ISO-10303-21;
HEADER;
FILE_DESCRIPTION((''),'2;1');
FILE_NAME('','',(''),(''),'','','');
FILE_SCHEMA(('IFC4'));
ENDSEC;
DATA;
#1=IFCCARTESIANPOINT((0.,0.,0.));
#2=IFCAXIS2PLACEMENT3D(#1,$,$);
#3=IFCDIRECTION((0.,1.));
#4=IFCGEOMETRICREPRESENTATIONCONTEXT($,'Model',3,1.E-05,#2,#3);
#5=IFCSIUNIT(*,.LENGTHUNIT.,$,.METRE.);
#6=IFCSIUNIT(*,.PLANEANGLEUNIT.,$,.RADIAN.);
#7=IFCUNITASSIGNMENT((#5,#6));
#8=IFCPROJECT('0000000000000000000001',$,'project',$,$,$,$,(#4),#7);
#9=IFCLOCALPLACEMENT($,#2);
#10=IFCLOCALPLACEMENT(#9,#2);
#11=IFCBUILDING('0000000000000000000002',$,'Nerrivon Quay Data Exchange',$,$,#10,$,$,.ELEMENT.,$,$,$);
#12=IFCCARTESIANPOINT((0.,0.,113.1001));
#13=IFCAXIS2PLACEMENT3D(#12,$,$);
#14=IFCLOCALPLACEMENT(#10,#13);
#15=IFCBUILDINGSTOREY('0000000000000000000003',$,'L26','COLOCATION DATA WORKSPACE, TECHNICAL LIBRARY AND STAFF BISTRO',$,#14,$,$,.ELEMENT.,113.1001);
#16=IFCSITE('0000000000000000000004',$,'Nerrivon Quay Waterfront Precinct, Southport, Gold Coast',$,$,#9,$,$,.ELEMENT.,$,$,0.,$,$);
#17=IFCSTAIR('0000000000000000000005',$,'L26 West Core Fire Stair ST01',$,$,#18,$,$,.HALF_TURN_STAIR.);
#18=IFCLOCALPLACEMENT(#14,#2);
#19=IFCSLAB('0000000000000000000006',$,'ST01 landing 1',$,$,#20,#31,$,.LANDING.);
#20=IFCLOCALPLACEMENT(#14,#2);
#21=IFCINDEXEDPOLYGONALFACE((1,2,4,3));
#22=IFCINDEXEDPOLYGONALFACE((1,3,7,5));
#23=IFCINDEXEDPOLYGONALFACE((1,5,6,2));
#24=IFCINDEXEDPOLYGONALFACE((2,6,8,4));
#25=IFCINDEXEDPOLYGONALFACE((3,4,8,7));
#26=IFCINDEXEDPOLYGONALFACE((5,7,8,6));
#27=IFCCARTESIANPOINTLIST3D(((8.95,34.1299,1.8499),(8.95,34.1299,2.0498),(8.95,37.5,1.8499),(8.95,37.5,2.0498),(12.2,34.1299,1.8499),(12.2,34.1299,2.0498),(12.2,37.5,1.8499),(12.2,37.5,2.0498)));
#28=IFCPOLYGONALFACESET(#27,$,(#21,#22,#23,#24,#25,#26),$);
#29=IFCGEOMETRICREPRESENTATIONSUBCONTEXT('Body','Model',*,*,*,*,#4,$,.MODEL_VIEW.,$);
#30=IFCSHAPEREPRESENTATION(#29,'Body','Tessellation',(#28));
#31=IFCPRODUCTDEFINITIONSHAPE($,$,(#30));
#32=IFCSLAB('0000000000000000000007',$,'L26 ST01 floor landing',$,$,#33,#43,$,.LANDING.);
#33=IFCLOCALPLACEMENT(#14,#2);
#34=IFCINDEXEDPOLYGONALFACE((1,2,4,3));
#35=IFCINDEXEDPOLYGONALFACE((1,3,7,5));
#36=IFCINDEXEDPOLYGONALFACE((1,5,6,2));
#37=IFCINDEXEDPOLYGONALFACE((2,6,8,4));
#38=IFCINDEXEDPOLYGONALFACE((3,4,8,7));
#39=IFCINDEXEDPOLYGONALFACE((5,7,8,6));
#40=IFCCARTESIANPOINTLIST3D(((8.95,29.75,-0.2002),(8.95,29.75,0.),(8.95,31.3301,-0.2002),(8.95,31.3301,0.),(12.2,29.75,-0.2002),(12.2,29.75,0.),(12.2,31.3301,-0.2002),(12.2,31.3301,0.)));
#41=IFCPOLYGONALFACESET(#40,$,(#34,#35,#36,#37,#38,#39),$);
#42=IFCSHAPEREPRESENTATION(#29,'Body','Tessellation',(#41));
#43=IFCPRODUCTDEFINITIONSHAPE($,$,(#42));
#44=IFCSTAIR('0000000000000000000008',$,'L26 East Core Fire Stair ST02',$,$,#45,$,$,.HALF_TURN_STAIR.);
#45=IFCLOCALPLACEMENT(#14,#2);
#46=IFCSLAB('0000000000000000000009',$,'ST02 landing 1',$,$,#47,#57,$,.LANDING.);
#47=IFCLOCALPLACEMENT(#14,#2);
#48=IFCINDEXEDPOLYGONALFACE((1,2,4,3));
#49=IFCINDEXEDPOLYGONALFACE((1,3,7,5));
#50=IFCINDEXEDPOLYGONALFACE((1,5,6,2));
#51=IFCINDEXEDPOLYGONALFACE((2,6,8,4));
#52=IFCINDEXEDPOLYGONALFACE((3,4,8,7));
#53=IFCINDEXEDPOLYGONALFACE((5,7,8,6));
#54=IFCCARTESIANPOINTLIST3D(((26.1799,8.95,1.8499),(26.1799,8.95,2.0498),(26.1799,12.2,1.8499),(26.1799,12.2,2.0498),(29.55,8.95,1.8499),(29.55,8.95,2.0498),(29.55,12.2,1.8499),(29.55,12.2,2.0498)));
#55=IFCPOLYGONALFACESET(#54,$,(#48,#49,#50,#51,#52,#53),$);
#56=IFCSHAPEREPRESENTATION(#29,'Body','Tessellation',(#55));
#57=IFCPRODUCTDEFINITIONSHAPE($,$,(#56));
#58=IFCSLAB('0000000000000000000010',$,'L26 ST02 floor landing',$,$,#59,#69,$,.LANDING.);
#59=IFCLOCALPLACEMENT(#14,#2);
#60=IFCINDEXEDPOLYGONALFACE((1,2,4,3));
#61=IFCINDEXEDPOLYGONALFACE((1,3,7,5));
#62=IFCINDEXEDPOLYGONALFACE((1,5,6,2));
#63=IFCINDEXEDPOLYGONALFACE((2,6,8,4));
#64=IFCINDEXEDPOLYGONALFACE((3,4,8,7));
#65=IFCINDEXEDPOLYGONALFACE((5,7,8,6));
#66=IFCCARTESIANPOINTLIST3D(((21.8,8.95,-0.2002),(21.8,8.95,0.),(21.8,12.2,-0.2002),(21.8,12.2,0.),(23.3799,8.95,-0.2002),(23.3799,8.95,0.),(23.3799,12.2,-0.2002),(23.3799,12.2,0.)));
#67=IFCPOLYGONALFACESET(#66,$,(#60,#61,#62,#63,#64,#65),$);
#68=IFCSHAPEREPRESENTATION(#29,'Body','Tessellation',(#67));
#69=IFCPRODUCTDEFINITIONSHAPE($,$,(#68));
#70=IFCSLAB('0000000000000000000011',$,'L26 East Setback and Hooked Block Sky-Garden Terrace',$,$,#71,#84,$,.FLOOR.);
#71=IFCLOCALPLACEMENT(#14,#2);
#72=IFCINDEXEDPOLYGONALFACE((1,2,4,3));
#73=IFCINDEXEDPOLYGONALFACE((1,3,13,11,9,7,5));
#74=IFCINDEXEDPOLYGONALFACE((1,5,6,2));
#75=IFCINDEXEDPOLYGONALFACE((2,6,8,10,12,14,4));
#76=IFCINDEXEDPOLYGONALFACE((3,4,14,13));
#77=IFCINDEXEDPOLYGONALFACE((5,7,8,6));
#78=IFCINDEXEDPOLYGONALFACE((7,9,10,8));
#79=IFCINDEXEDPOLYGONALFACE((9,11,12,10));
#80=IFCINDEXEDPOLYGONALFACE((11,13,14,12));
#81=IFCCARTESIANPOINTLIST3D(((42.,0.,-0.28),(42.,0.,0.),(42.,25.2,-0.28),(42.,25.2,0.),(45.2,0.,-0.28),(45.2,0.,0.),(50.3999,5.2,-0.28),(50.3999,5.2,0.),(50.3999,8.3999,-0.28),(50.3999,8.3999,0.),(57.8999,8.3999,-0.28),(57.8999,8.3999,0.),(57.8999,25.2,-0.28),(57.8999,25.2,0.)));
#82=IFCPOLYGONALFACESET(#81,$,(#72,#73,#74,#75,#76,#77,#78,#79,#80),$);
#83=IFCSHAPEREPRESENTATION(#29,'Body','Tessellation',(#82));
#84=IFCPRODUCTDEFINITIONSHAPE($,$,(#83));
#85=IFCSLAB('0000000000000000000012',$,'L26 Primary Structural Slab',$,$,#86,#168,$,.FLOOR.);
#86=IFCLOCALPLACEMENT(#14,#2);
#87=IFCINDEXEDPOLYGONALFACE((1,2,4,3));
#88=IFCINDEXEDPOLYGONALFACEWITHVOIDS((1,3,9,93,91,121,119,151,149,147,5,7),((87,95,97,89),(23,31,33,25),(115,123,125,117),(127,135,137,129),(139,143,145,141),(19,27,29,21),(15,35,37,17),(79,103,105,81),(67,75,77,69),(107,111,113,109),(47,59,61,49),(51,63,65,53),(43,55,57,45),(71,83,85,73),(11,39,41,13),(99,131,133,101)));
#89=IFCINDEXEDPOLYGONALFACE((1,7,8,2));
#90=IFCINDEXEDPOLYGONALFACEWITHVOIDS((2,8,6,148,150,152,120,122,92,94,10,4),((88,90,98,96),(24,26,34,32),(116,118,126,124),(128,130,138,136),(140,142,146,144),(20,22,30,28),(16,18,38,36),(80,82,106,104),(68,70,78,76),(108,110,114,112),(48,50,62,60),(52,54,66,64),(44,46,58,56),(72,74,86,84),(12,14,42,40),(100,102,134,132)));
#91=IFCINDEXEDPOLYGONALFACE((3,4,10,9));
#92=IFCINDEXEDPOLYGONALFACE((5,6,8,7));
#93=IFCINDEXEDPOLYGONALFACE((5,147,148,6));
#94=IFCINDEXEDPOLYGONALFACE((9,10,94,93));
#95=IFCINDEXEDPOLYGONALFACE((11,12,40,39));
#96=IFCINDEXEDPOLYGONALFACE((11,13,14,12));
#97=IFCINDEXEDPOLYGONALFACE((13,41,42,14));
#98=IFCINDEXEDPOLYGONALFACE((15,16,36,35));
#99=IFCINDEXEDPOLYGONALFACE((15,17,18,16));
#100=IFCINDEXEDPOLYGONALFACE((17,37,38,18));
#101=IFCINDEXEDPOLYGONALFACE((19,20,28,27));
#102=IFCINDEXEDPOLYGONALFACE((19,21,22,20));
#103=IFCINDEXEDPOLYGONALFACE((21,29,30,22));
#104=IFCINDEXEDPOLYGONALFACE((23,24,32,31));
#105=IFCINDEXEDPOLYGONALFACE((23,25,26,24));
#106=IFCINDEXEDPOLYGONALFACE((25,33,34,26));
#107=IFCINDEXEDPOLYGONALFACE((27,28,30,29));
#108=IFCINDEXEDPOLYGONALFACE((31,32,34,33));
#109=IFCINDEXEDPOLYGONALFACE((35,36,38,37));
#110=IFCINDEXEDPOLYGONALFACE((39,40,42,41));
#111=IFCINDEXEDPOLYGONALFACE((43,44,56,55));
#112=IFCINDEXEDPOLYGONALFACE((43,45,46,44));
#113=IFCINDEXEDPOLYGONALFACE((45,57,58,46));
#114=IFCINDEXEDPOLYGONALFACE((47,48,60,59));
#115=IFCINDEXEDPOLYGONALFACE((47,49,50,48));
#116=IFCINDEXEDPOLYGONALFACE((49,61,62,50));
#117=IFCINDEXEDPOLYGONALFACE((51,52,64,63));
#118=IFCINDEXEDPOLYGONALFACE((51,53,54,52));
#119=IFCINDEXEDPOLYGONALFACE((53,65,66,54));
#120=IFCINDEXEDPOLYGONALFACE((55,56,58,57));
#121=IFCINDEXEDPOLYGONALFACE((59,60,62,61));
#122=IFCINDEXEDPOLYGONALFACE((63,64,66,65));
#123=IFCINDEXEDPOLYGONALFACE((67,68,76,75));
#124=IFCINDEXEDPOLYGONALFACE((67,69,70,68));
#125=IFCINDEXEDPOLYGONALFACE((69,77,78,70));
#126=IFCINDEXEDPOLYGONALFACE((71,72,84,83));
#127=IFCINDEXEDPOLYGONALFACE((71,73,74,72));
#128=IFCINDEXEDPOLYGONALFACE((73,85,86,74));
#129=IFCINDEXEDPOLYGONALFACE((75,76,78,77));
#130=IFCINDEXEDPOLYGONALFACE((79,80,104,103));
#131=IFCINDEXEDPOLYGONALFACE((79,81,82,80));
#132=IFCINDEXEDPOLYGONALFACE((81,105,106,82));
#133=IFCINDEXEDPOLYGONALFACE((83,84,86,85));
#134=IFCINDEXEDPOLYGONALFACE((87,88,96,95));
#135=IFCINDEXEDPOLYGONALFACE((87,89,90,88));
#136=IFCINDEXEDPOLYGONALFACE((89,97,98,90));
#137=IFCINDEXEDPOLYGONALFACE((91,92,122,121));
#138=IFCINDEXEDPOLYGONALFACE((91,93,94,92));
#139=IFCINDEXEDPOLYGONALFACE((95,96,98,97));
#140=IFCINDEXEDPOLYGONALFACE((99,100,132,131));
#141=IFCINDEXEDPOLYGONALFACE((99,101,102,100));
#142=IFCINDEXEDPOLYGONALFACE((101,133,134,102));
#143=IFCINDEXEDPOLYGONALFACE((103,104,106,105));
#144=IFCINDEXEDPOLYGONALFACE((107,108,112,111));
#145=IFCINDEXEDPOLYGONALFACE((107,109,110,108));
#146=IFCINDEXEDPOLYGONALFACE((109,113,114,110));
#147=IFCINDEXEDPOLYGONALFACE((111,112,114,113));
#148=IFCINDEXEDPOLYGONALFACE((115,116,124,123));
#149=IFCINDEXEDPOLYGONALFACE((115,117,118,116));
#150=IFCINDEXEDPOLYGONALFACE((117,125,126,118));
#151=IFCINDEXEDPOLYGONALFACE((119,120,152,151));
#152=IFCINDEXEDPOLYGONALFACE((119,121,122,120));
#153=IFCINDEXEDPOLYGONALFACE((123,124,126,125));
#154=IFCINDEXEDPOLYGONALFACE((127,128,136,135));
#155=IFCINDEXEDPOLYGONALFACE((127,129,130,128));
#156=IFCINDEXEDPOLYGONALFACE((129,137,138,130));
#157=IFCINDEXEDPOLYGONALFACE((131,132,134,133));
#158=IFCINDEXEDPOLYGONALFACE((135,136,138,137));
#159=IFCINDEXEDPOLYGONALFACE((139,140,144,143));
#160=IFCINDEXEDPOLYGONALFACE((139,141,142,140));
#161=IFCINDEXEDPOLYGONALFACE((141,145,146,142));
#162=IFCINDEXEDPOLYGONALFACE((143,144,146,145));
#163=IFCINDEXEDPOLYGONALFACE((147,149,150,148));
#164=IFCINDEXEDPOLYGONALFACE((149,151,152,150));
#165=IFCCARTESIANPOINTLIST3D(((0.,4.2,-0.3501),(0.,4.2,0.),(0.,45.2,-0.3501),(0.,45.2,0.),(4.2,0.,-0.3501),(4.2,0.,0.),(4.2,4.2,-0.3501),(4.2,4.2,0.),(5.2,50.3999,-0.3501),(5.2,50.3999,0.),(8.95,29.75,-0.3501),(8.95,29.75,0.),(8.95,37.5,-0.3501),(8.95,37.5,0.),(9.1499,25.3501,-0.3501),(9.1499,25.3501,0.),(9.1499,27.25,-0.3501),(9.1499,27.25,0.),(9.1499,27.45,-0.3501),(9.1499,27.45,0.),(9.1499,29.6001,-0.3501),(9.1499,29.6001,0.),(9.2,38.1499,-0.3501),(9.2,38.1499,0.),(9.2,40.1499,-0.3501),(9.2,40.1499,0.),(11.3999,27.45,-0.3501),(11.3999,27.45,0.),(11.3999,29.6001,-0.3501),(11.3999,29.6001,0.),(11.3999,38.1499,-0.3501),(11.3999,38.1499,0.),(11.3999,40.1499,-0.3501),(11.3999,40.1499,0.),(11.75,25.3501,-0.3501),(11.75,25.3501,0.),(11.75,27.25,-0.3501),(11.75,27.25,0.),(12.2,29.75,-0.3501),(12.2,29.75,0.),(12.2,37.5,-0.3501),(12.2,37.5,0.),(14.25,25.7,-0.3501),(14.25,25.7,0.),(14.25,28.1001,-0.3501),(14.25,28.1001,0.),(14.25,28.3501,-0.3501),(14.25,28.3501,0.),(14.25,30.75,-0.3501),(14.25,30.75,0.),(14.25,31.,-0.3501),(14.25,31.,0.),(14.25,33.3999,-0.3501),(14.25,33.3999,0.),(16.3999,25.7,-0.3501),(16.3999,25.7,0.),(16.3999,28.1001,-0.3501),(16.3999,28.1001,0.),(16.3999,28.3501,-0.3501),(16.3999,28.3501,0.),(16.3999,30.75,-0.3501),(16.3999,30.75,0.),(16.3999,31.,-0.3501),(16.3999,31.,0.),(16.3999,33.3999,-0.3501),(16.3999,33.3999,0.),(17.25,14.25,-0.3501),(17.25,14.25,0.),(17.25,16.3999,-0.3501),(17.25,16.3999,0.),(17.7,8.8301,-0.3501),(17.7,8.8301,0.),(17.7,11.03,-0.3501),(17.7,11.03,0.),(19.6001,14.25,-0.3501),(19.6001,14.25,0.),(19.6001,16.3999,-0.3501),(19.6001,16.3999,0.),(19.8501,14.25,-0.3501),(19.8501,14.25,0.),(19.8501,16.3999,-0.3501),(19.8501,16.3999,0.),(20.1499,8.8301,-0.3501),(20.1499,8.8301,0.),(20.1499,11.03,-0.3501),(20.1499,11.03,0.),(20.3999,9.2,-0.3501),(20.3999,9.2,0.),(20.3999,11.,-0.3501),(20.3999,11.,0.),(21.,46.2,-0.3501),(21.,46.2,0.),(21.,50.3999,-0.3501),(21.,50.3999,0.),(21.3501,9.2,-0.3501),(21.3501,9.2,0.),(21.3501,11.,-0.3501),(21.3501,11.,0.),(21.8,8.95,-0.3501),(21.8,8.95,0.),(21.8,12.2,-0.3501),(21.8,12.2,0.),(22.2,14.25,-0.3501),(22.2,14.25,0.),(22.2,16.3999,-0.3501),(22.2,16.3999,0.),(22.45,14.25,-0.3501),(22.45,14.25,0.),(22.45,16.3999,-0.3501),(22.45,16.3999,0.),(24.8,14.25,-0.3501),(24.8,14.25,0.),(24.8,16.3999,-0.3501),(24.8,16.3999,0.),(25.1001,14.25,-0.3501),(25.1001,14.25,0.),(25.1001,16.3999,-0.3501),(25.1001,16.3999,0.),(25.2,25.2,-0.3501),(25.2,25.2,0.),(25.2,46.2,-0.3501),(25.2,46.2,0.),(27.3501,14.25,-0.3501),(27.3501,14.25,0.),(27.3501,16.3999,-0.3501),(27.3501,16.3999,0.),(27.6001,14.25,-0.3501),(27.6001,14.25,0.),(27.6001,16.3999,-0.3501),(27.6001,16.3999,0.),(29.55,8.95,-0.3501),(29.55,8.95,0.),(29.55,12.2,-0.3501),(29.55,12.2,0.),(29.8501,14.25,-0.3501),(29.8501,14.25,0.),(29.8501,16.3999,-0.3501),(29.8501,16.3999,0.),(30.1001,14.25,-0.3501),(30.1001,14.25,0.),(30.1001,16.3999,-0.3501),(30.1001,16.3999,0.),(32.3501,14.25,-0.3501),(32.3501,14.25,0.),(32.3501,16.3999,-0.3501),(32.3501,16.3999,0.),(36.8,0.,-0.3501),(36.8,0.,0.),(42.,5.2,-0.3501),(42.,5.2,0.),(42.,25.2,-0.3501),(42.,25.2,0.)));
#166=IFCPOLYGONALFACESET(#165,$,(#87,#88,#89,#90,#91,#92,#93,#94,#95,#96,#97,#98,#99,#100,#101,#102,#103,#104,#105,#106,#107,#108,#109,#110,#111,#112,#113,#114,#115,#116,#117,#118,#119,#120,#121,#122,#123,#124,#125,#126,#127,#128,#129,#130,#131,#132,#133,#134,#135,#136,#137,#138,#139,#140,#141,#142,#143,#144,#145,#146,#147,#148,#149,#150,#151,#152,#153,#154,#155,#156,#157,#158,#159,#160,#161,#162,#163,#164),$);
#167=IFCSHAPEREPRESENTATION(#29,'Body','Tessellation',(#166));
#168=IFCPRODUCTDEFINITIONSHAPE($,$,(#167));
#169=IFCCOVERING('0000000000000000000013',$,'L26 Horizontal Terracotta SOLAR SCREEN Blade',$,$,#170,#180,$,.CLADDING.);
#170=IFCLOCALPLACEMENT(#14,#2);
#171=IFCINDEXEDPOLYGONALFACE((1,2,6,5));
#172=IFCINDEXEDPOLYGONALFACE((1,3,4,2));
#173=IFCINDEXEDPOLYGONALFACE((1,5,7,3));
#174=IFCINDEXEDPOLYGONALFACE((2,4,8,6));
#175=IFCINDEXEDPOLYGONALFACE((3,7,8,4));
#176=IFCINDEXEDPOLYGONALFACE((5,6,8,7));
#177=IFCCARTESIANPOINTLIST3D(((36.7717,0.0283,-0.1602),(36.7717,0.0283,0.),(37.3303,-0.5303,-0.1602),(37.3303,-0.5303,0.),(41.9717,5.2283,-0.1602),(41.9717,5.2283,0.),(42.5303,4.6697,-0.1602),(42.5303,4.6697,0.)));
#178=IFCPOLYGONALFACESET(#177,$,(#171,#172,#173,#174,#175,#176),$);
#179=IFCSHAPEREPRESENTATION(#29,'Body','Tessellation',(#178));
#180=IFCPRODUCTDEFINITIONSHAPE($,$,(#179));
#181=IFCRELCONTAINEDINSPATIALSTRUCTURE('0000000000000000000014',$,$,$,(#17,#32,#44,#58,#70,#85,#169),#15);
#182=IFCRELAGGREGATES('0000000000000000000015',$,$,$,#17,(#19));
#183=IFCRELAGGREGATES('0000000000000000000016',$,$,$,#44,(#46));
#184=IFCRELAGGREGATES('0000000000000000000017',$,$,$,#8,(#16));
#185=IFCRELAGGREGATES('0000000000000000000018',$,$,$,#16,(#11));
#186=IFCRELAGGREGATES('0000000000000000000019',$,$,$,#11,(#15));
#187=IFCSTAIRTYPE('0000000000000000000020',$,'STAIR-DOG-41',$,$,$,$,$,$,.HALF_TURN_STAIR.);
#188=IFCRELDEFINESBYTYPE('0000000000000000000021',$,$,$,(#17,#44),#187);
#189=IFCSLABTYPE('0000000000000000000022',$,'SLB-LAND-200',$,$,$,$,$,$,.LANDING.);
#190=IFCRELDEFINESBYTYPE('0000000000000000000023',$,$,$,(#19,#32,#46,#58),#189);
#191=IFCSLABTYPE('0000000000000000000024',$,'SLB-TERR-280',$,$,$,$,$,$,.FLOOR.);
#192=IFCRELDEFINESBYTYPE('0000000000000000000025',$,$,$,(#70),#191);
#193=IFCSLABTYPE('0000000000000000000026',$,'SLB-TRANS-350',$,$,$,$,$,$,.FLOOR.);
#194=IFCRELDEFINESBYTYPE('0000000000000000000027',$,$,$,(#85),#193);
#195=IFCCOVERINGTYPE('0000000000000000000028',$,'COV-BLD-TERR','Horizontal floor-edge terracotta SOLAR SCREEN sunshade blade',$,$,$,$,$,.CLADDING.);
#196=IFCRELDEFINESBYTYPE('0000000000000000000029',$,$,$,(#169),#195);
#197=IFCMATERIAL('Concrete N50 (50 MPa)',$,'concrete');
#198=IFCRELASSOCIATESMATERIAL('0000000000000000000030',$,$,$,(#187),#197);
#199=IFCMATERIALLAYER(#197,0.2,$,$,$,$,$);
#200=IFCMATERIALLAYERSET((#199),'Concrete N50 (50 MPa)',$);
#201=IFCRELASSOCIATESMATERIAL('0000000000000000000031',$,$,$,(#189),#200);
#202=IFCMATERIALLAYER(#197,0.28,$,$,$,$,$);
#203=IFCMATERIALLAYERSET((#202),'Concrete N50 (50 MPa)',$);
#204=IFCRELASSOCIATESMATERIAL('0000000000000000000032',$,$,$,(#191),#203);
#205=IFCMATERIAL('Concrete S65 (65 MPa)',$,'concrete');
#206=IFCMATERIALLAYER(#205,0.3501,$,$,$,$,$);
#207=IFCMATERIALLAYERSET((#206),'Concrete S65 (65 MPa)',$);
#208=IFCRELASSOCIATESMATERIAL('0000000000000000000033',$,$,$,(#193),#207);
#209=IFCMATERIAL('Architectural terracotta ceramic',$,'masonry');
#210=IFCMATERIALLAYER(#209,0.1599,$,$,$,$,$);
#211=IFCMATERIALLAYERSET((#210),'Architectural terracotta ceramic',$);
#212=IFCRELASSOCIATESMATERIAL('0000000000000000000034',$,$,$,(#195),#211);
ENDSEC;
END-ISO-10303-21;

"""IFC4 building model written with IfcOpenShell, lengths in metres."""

from ifc_helpers import new_model, si_unit, direction, frame, origin, place, context, subcontext, project, spatial, polyline, outline, extrude, material, layer, layer_set, type_object, element, aggregate, save


model = new_model("IFC4")

# Units and contexts
model_context = context("Model", 3, precision=1e-05, world=origin(), true_north=direction((0.0, 1.0)))
body_context = subcontext(model_context, "Body", "Model", "MODEL_VIEW")
ifc_project = project(units=[si_unit("LENGTHUNIT", "METRE"), si_unit("PLANEANGLEUNIT", "RADIAN")], contexts=[model_context])

# Site, building, storey
site_placement = place(None, origin())
site = spatial("IfcSite", under=ifc_project, at=site_placement, Name="Nerrivon Quay Waterfront Precinct, Southport, Gold Coast", CompositionType="ELEMENT", RefElevation=0.0)
building_placement = place(site_placement, origin())
building = spatial("IfcBuilding", under=site, at=building_placement, Name="Nerrivon Quay Data Exchange", CompositionType="ELEMENT")
storey_placement = place(building_placement, frame((0.0, 0.0, 113.1001)))
storey = spatial("IfcBuildingStorey", under=building, at=storey_placement, Name="L26", Description="COLOCATION DATA WORKSPACE, TECHNICAL LIBRARY AND STAFF BISTRO", CompositionType="ELEMENT", Elevation=113.1001)

# Stair, slab
ifc_material_1 = material(Name="Concrete N50 (50 MPa)", Category="concrete")
stair_type = type_object("IfcStairType", Name="STAIR-DOG-41", PredefinedType="HALF_TURN_STAIR", material=ifc_material_1)
stair_1_placement = place(storey_placement, origin())
stair_1 = element("IfcStair", 1, at=stair_1_placement, inside=storey, type_object=stair_type, Name="L26 West Core Fire Stair ST01", PredefinedType="HALF_TURN_STAIR")
ifc_layer_1 = layer(ifc_material_1, 0.2)
ifc_layer_set_1 = layer_set([ifc_layer_1], Name="Concrete N50 (50 MPa)")
slab_type_1 = type_object("IfcSlabType", Name="SLB-LAND-200", PredefinedType="LANDING", material=ifc_layer_set_1)
slab_1_placement = place(storey_placement, frame((0.0, 0.0, 1.8499)))
slab_1 = element("IfcSlab", 2, at=slab_1_placement, type_object=slab_type_1, Name="ST01 landing 1", PredefinedType="LANDING", context=body_context, shape_type="SweptSolid", body=[
    extrude(outline(polyline([(12.2, 34.1299), (12.2, 37.5), (8.95, 37.5), (8.95, 34.1299), (12.2, 34.1299)])), origin(), (0.0, 0.0, 1.0), 0.2),
])
aggregate(stair_1, [slab_1])

# Slab
slab_2_placement = place(storey_placement, frame((0.0, 0.0, -0.2002)))
element("IfcSlab", 3, at=slab_2_placement, inside=storey, type_object=slab_type_1, Name="L26 ST01 floor landing", PredefinedType="LANDING", context=body_context, shape_type="SweptSolid", body=[
    extrude(outline(polyline([(12.2, 29.75), (12.2, 31.3301), (8.95, 31.3301), (8.95, 29.75), (12.2, 29.75)])), origin(), (0.0, 0.0, 1.0), 0.2002),
])

# Stair, slab
stair_2_placement = place(storey_placement, origin())
stair_2 = element("IfcStair", 4, at=stair_2_placement, inside=storey, type_object=stair_type, Name="L26 East Core Fire Stair ST02", PredefinedType="HALF_TURN_STAIR")
slab_3_placement = place(storey_placement, frame((0.0, 0.0, 1.8499)))
slab_3 = element("IfcSlab", 5, at=slab_3_placement, type_object=slab_type_1, Name="ST02 landing 1", PredefinedType="LANDING", context=body_context, shape_type="SweptSolid", body=[
    extrude(outline(polyline([(26.1799, 8.95), (29.55, 8.95), (29.55, 12.2), (26.1799, 12.2), (26.1799, 8.95)])), origin(), (0.0, 0.0, 1.0), 0.2),
])
aggregate(stair_2, [slab_3])

# Slabs
slab_4_placement = place(storey_placement, frame((0.0, 0.0, -0.2002)))
element("IfcSlab", 6, at=slab_4_placement, inside=storey, type_object=slab_type_1, Name="L26 ST02 floor landing", PredefinedType="LANDING", context=body_context, shape_type="SweptSolid", body=[
    extrude(outline(polyline([(21.8, 8.95), (23.3799, 8.95), (23.3799, 12.2), (21.8, 12.2), (21.8, 8.95)])), origin(), (0.0, 0.0, 1.0), 0.2002),
])
ifc_layer_2 = layer(ifc_material_1, 0.28)
ifc_layer_set_2 = layer_set([ifc_layer_2], Name="Concrete N50 (50 MPa)")
slab_type_2 = type_object("IfcSlabType", Name="SLB-TERR-280", PredefinedType="FLOOR", material=ifc_layer_set_2)
slab_5_placement = place(storey_placement, frame((0.0, 0.0, -0.28)))
element("IfcSlab", 7, at=slab_5_placement, inside=storey, type_object=slab_type_2, Name="L26 East Setback and Hooked Block Sky-Garden Terrace", PredefinedType="FLOOR", context=body_context, shape_type="SweptSolid", body=[
    extrude(outline(polyline([(57.8999, 25.2), (42.0, 25.2), (42.0, 0.0), (45.2, 0.0), (50.3999, 5.2), (50.3999, 8.3999), (57.8999, 8.3999), (57.8999, 25.2)])), origin(), (0.0, 0.0, 1.0), 0.28),
])
ifc_material_2 = material(Name="Concrete S65 (65 MPa)", Category="concrete")
ifc_layer_3 = layer(ifc_material_2, 0.3501)
ifc_layer_set_3 = layer_set([ifc_layer_3], Name="Concrete S65 (65 MPa)")
slab_type_3 = type_object("IfcSlabType", Name="SLB-TRANS-350", PredefinedType="FLOOR", material=ifc_layer_set_3)
slab_6_placement = place(storey_placement, frame((0.0, 0.0, -0.3501)))
element("IfcSlab", 8, at=slab_6_placement, inside=storey, type_object=slab_type_3, Name="L26 Primary Structural Slab", PredefinedType="FLOOR", context=body_context, shape_type="SweptSolid", body=[
    extrude(outline(polyline([(42.0, 25.2), (25.2, 25.2), (25.2, 46.2), (21.0, 46.2), (21.0, 50.3999), (5.2, 50.3999), (0.0, 45.2), (0.0, 4.2), (4.2, 4.2), (4.2, 0.0), (36.8, 0.0), (42.0, 5.2), (42.0, 25.2)]), holes=[polyline([(8.95, 29.75), (8.95, 37.5), (12.2, 37.5), (12.2, 29.75), (8.95, 29.75)]), polyline([(21.8, 12.2), (29.55, 12.2), (29.55, 8.95), (21.8, 8.95), (21.8, 12.2)]), polyline([(30.1001, 16.3999), (32.3501, 16.3999), (32.3501, 14.25), (30.1001, 14.25), (30.1001, 16.3999)]), polyline([(27.6001, 16.3999), (29.8501, 16.3999), (29.8501, 14.25), (27.6001, 14.25), (27.6001, 16.3999)]), polyline([(25.1001, 16.3999), (27.3501, 16.3999), (27.3501, 14.25), (25.1001, 14.25), (25.1001, 16.3999)]), polyline([(22.45, 16.3999), (24.8, 16.3999), (24.8, 14.25), (22.45, 14.25), (22.45, 16.3999)]), polyline([(19.8501, 16.3999), (22.2, 16.3999), (22.2, 14.25), (19.8501, 14.25), (19.8501, 16.3999)]), polyline([(20.3999, 11.0), (21.3501, 11.0), (21.3501, 9.2), (20.3999, 9.2), (20.3999, 11.0)]), polyline([(17.7, 8.8301), (17.7, 11.03), (20.1499, 11.03), (20.1499, 8.8301), (17.7, 8.8301)]), polyline([(17.25, 14.25), (17.25, 16.3999), (19.6001, 16.3999), (19.6001, 14.25), (17.25, 14.25)]), polyline([(14.25, 28.1001), (16.3999, 28.1001), (16.3999, 25.7), (14.25, 25.7), (14.25, 28.1001)]), polyline([(14.25, 30.75), (16.3999, 30.75), (16.3999, 28.3501), (14.25, 28.3501), (14.25, 30.75)]), polyline([(14.25, 33.3999), (16.3999, 33.3999), (16.3999, 31.0), (14.25, 31.0), (14.25, 33.3999)]), polyline([(9.1499, 27.25), (11.75, 27.25), (11.75, 25.3501), (9.1499, 25.3501), (9.1499, 27.25)]), polyline([(9.1499, 29.6001), (11.3999, 29.6001), (11.3999, 27.45), (9.1499, 27.45), (9.1499, 29.6001)]), polyline([(9.2, 40.1499), (11.3999, 40.1499), (11.3999, 38.1499), (9.2, 38.1499), (9.2, 40.1499)])]), origin(), (0.0, 0.0, 1.0), 0.3501),
])

# Covering
ifc_material_3 = material(Name="Architectural terracotta ceramic", Category="masonry")
ifc_layer_4 = layer(ifc_material_3, 0.1599)
ifc_layer_set_4 = layer_set([ifc_layer_4], Name="Architectural terracotta ceramic")
covering_type = type_object("IfcCoveringType", Name="COV-BLD-TERR", Description="Horizontal floor-edge terracotta SOLAR SCREEN sunshade blade", PredefinedType="CLADDING", material=ifc_layer_set_4)
covering_1_placement = place(storey_placement, frame((0.0, 0.0, -0.1602)))
element("IfcCovering", 9, at=covering_1_placement, inside=storey, type_object=covering_type, Name="L26 Horizontal Terracotta SOLAR SCREEN Blade", PredefinedType="CLADDING", context=body_context, shape_type="SweptSolid", body=[
    extrude(outline(polyline([(41.9717, 5.2283), (36.7717, 0.0283), (37.3303, -0.5303), (42.5303, 4.6697), (41.9717, 5.2283)])), origin(), (0.0, 0.0, 1.0), 0.1602),
])

save(model, "model.ifc")
